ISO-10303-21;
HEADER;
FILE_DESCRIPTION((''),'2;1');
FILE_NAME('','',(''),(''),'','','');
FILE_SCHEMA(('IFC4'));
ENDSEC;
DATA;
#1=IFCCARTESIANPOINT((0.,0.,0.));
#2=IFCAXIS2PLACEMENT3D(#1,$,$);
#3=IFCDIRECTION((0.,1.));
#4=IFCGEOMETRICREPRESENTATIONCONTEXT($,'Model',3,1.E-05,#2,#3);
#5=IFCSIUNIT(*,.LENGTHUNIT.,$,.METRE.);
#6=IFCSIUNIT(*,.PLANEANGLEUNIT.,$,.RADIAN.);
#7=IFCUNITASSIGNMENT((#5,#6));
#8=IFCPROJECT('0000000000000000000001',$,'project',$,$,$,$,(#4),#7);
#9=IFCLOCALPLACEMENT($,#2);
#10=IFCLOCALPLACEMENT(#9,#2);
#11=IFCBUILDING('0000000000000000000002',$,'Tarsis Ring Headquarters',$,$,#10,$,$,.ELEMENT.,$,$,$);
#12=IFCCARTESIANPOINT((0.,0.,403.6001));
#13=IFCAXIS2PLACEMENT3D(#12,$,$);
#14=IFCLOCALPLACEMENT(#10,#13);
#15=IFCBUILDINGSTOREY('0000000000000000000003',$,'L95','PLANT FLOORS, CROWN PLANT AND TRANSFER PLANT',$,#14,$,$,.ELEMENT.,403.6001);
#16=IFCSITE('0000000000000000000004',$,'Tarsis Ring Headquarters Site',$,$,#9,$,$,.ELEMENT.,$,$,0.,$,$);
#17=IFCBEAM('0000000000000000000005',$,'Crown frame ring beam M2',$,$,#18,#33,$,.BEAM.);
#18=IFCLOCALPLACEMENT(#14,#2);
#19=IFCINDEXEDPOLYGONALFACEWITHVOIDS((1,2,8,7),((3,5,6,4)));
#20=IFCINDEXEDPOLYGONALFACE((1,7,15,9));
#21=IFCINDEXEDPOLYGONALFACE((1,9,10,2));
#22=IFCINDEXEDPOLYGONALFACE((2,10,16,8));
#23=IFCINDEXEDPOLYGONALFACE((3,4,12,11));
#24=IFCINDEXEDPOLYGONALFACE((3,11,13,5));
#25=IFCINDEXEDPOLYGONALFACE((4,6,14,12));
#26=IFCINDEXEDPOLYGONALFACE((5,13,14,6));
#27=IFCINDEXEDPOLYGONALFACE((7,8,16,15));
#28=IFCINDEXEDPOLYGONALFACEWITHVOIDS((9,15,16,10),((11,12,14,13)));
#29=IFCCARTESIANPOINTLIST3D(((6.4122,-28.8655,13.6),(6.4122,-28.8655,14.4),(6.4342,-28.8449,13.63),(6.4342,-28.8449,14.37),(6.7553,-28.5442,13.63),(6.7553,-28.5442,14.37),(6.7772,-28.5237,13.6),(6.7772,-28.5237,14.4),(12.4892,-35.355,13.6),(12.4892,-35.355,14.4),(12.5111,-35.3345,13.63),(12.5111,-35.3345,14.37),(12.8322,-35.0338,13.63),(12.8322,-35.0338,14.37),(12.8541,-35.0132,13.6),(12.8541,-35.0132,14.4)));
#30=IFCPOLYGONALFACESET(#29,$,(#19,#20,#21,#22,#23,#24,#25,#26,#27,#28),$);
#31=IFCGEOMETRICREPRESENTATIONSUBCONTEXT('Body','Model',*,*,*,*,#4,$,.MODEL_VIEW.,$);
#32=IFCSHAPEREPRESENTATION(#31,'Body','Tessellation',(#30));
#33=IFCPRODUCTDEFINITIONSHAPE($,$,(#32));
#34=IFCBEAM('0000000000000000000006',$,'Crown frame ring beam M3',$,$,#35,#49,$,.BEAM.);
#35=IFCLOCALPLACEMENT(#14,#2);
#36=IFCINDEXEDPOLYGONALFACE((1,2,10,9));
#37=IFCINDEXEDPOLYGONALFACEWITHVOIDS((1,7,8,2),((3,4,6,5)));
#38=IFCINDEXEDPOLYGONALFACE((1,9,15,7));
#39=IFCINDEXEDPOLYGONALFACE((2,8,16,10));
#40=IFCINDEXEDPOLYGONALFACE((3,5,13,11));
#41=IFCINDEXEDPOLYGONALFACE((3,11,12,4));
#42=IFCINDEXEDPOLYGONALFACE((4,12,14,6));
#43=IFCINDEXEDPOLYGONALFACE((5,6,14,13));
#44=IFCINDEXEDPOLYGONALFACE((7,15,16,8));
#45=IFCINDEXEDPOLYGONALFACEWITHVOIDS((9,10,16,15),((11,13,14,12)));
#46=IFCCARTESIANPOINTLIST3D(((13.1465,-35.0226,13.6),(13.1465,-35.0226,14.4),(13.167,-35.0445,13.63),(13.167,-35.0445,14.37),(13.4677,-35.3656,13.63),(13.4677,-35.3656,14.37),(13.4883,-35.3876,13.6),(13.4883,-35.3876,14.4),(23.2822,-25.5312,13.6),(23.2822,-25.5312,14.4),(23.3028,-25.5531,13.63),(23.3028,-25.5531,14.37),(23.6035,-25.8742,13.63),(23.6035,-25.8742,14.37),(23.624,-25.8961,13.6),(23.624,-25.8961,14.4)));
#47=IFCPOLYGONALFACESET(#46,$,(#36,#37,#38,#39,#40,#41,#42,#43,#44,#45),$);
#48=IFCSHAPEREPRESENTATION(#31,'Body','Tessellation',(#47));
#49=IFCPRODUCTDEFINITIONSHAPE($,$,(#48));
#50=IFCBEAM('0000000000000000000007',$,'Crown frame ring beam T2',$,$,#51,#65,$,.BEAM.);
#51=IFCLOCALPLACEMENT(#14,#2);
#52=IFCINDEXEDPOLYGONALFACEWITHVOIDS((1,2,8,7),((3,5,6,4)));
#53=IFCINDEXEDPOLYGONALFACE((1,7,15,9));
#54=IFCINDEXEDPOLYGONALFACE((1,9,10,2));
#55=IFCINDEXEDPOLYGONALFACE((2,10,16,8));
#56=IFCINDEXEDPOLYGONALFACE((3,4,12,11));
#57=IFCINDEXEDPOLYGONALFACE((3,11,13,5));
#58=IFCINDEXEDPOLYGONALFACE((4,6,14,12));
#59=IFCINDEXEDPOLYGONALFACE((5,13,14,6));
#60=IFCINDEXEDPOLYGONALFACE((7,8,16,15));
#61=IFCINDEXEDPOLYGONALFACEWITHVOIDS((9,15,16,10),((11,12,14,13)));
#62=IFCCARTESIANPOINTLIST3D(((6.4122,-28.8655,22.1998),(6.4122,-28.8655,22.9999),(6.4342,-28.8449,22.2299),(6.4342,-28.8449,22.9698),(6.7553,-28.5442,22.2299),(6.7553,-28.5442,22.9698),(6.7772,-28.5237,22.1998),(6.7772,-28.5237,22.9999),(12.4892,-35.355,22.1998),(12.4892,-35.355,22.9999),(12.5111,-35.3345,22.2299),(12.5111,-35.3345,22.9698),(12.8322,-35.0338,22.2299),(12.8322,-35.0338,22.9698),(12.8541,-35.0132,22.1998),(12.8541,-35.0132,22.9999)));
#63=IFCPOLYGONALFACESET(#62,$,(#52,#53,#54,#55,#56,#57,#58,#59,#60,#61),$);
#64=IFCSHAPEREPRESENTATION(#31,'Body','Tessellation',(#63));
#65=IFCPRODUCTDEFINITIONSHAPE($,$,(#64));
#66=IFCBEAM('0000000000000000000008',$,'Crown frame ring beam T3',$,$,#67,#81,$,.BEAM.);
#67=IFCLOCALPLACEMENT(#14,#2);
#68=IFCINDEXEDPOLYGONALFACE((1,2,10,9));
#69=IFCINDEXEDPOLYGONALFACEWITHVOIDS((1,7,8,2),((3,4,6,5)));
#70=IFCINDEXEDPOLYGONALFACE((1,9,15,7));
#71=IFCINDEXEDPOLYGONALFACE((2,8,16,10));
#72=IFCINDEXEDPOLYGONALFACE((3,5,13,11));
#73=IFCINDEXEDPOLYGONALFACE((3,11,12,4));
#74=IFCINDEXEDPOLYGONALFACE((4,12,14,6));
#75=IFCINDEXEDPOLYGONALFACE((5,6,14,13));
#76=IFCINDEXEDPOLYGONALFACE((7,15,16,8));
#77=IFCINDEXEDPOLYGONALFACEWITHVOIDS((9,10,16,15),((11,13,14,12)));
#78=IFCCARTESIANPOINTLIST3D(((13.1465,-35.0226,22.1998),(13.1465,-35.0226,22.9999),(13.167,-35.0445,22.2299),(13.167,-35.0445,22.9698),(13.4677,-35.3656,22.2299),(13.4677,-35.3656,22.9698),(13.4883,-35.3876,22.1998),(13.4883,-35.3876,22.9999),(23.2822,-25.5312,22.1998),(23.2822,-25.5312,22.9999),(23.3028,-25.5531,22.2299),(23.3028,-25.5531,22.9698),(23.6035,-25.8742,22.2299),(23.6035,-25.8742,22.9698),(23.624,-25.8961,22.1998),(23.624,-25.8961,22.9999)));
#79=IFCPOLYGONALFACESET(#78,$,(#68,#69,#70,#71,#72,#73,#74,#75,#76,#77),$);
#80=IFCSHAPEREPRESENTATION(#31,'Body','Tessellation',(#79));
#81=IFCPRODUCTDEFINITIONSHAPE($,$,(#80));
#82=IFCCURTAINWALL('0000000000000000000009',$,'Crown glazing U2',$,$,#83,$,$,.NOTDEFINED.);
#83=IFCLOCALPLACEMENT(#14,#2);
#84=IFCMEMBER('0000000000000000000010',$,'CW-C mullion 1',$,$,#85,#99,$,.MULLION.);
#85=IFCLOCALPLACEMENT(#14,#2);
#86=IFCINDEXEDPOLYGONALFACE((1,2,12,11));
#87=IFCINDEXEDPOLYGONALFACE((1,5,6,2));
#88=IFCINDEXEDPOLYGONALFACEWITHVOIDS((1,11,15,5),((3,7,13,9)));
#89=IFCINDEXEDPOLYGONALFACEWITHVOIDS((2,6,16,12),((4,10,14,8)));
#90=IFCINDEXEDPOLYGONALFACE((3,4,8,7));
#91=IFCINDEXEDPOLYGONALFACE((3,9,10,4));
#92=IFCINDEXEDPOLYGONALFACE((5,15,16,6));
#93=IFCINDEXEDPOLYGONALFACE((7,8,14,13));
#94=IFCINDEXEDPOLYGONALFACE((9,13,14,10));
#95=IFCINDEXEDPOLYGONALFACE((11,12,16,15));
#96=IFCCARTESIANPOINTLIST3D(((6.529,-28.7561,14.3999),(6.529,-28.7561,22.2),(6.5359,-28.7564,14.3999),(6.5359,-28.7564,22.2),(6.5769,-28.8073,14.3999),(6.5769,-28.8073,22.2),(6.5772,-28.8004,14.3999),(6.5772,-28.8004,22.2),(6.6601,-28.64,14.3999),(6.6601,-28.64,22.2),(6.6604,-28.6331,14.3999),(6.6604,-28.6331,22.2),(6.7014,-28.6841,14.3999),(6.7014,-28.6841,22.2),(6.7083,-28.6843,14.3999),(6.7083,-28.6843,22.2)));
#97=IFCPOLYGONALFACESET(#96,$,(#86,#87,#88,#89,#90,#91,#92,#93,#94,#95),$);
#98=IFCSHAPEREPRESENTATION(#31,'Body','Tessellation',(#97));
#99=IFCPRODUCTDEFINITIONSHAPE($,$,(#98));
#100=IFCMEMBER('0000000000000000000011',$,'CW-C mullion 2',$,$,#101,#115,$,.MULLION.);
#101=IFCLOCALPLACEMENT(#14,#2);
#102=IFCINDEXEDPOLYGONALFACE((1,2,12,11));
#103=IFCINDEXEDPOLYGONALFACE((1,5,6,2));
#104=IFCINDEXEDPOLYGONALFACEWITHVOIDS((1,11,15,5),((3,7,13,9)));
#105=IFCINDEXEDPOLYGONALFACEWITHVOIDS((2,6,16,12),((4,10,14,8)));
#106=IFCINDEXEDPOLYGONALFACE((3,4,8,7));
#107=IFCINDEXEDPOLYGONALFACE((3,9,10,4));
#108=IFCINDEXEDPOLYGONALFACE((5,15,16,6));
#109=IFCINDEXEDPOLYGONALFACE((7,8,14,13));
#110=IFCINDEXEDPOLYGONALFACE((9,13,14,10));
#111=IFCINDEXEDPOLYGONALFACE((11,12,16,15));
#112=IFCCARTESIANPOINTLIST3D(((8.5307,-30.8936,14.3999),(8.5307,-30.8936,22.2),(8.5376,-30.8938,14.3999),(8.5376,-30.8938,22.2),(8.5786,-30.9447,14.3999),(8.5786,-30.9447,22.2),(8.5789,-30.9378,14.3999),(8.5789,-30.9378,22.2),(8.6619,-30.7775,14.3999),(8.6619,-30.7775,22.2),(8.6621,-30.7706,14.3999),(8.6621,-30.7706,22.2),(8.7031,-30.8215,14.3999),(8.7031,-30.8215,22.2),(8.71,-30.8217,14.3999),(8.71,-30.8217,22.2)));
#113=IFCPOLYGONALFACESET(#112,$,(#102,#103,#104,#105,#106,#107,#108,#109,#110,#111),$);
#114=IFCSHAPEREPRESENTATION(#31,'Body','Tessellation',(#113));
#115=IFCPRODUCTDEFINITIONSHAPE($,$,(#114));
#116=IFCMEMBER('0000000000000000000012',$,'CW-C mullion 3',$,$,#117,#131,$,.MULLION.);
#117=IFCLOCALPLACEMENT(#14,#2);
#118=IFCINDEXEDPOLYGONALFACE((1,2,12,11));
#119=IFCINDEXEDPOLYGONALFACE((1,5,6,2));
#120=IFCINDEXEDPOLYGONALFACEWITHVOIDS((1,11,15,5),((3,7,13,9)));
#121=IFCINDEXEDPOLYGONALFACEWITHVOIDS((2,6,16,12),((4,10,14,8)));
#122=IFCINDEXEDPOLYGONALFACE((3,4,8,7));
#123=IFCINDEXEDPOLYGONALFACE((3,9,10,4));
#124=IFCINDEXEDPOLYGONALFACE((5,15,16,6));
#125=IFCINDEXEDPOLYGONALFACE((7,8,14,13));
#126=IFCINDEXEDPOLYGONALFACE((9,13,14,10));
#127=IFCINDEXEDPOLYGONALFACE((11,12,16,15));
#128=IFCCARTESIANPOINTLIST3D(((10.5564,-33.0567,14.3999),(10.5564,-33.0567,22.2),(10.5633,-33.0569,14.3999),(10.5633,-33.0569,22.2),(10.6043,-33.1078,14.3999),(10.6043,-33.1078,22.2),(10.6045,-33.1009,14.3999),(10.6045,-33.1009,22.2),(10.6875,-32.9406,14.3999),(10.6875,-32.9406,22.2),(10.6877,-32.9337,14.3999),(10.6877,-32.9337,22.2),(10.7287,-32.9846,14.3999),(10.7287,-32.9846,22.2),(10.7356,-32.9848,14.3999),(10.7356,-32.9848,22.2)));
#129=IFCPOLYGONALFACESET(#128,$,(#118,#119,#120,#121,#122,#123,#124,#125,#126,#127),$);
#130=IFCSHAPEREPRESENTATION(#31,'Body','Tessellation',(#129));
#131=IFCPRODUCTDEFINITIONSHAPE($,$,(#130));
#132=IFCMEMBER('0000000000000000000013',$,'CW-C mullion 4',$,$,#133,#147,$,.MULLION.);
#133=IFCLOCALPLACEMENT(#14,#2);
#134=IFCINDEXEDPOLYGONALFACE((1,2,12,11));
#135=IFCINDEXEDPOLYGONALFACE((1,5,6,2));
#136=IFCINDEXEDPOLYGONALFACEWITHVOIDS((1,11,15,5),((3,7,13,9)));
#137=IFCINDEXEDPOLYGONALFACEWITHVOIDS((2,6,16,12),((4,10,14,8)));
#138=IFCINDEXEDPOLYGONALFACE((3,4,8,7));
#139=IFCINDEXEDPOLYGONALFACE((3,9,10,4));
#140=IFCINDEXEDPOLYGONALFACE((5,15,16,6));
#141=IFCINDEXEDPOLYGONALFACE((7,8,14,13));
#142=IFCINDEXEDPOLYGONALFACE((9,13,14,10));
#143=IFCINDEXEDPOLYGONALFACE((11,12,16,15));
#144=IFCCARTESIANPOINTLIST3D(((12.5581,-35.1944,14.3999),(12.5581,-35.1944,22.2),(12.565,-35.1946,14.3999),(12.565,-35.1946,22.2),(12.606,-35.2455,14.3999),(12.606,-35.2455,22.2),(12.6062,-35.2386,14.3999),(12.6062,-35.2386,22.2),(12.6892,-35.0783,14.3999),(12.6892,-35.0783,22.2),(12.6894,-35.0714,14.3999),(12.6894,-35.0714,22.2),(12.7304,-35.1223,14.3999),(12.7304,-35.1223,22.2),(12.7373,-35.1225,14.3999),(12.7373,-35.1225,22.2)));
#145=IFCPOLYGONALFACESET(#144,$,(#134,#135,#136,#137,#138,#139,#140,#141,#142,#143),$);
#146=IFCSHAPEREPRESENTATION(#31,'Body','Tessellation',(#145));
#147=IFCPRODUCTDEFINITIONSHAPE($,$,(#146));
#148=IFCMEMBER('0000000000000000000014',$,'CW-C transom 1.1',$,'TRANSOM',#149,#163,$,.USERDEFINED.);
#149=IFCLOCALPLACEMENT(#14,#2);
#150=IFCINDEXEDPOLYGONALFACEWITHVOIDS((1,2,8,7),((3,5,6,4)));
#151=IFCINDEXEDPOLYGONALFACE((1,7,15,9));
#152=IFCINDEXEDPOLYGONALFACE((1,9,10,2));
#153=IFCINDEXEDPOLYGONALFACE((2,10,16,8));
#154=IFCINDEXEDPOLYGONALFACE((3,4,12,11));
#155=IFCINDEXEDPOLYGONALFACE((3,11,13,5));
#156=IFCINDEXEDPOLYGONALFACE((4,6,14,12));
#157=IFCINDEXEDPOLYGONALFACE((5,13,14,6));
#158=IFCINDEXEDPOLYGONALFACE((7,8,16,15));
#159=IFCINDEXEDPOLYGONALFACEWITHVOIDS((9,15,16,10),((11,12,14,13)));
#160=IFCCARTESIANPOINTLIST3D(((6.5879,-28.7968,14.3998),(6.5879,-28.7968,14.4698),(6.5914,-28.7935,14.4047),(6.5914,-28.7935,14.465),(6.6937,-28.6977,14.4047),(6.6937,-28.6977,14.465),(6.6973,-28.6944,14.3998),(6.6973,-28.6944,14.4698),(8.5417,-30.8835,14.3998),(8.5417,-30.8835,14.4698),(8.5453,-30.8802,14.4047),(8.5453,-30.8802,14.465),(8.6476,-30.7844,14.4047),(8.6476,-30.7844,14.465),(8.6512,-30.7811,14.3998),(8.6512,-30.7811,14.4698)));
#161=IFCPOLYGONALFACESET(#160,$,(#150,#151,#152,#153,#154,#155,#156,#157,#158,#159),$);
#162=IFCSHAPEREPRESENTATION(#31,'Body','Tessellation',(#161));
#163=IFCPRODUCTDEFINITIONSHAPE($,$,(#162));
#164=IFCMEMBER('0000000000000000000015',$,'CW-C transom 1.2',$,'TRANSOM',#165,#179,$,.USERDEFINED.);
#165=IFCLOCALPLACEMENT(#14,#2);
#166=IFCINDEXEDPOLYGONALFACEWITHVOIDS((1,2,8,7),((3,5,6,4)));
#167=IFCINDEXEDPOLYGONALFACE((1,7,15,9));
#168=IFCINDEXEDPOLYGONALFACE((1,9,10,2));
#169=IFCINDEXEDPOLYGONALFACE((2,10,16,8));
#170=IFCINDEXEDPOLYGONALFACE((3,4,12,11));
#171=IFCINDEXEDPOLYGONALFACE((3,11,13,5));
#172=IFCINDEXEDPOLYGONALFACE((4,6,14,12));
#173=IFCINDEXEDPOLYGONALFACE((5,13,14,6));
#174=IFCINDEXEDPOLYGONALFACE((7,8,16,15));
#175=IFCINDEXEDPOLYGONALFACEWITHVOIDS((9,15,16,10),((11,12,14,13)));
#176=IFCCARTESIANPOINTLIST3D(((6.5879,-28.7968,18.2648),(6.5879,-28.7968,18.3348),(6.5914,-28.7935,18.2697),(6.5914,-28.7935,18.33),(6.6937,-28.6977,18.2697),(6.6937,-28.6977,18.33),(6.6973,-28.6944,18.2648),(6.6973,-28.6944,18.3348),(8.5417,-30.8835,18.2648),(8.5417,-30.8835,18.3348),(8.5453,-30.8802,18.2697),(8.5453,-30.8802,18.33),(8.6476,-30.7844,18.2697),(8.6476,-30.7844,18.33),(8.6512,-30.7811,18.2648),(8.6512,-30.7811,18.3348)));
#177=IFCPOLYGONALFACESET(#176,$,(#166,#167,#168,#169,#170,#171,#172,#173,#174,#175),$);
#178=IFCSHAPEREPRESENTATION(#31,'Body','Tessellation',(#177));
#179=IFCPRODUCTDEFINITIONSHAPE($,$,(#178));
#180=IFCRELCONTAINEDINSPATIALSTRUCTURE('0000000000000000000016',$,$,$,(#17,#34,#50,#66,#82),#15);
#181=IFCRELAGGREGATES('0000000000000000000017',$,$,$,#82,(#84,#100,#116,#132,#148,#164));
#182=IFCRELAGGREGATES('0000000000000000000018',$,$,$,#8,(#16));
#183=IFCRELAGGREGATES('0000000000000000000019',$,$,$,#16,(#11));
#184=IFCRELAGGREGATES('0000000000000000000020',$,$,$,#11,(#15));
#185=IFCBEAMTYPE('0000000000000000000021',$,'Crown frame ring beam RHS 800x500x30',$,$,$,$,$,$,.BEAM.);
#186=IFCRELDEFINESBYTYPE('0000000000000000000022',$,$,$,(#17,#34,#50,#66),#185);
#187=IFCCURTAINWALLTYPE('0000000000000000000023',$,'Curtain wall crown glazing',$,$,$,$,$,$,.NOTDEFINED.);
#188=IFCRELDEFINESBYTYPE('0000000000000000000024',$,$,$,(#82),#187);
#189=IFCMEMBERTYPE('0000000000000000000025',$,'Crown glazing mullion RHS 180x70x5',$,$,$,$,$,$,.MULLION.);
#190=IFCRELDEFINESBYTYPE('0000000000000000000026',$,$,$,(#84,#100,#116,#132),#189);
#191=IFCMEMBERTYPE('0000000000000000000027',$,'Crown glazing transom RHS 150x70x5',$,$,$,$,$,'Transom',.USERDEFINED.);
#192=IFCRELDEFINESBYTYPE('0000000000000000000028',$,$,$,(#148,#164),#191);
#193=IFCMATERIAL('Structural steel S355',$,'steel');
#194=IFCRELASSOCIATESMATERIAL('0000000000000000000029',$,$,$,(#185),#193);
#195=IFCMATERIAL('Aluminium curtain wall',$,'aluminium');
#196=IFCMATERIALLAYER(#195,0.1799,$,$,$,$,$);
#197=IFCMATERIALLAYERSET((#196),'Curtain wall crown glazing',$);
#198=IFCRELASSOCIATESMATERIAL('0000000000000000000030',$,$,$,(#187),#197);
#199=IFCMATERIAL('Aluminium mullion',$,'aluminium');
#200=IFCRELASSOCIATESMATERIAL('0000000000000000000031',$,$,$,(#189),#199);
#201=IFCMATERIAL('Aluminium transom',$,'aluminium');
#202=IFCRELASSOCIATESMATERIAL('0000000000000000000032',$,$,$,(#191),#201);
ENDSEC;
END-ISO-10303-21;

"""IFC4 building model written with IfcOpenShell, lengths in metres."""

from ifc_helpers import new_model, si_unit, direction, frame, origin, origin_2d, place, context, subcontext, project, spatial, hollow_rectangle, extrude, material, layer, layer_set, material_profile, profile_set, type_object, element, aggregate, save


model = new_model("IFC4")

# Units and contexts
model_context = context("Model", 3, precision=1e-05, world=origin(), true_north=direction((0.0, 1.0)))
body_context = subcontext(model_context, "Body", "Model", "MODEL_VIEW")
ifc_project = project(units=[si_unit("LENGTHUNIT", "METRE"), si_unit("PLANEANGLEUNIT", "RADIAN")], contexts=[model_context])

# Site, building, storey
site_placement = place(None, origin())
site = spatial("IfcSite", under=ifc_project, at=site_placement, Name="Tarsis Ring Headquarters Site", CompositionType="ELEMENT", RefElevation=0.0)
building_placement = place(site_placement, origin())
building = spatial("IfcBuilding", under=site, at=building_placement, Name="Tarsis Ring Headquarters", CompositionType="ELEMENT")
storey_placement = place(building_placement, frame((0.0, 0.0, 403.6001)))
storey = spatial("IfcBuildingStorey", under=building, at=storey_placement, Name="L95", Description="PLANT FLOORS, CROWN PLANT AND TRANSFER PLANT", CompositionType="ELEMENT", Elevation=403.6001)

# Beams
ifc_material_1 = material(Name="Structural steel S355", Category="steel")
ifc_material_profile_1 = material_profile(ifc_material_1, hollow_rectangle(XDim=0.5, YDim=0.8, WallThickness=0.03, at=origin_2d()), Name="RHS 800x500x30")
ifc_profile_set_1 = profile_set([ifc_material_profile_1], Name="Structural steel S355")
beam_type = type_object("IfcBeamType", Name="Crown frame ring beam RHS 800x500x30", PredefinedType="BEAM", material=ifc_profile_set_1)
beam_1_placement = place(storey_placement, frame((6.5947, -28.6946, 14.0), z_axis=(0.683522, -0.72993, 0.0), x_axis=(0.72993, 0.683522, 0.0)))
element("IfcBeam", 1, at=beam_1_placement, inside=storey, type_object=beam_type, Name="Crown frame ring beam M2", PredefinedType="BEAM", context=body_context, shape_type="SweptSolid", body=[
    extrude(hollow_rectangle(XDim=0.5, YDim=0.8, WallThickness=0.03, at=origin_2d()), origin(), (0.0, 0.0, 1.0), 8.8906),
])
beam_2_placement = place(storey_placement, frame((13.3174, -35.2051, 14.0), z_axis=(0.729925, 0.683527, 0.0), x_axis=(-0.683527, 0.729925, 0.0)))
element("IfcBeam", 2, at=beam_2_placement, inside=storey, type_object=beam_type, Name="Crown frame ring beam M3", PredefinedType="BEAM", context=body_context, shape_type="SweptSolid", body=[
    extrude(hollow_rectangle(XDim=0.5, YDim=0.8, WallThickness=0.03, at=origin_2d()), origin(), (0.0, 0.0, 1.0), 13.886),
])
beam_3_placement = place(storey_placement, frame((6.5947, -28.6946, 22.5999), z_axis=(0.683522, -0.72993, 0.0), x_axis=(0.72993, 0.683522, 0.0)))
element("IfcBeam", 3, at=beam_3_placement, inside=storey, type_object=beam_type, Name="Crown frame ring beam T2", PredefinedType="BEAM", context=body_context, shape_type="SweptSolid", body=[
    extrude(hollow_rectangle(XDim=0.5, YDim=0.8, WallThickness=0.03, at=origin_2d()), origin(), (0.0, 0.0, 1.0), 8.8906),
])
beam_4_placement = place(storey_placement, frame((13.3174, -35.2051, 22.5999), z_axis=(0.729925, 0.683527, 0.0), x_axis=(-0.683527, 0.729925, 0.0)))
element("IfcBeam", 4, at=beam_4_placement, inside=storey, type_object=beam_type, Name="Crown frame ring beam T3", PredefinedType="BEAM", context=body_context, shape_type="SweptSolid", body=[
    extrude(hollow_rectangle(XDim=0.5, YDim=0.8, WallThickness=0.03, at=origin_2d()), origin(), (0.0, 0.0, 1.0), 13.886),
])

# Curtain wall, members
ifc_material_2 = material(Name="Aluminium curtain wall", Category="aluminium")
ifc_layer_1 = layer(ifc_material_2, 0.1799)
ifc_layer_set_1 = layer_set([ifc_layer_1], Name="Curtain wall crown glazing")
curtain_wall_type = type_object("IfcCurtainWallType", Name="Curtain wall crown glazing", PredefinedType="NOTDEFINED", material=ifc_layer_set_1)
curtain_wall_placement = place(storey_placement, origin())
curtain_wall = element("IfcCurtainWall", 5, at=curtain_wall_placement, inside=storey, type_object=curtain_wall_type, Name="Crown glazing U2", PredefinedType="NOTDEFINED")
ifc_material_3 = material(Name="Aluminium mullion", Category="aluminium")
ifc_material_profile_2 = material_profile(ifc_material_3, hollow_rectangle(XDim=0.1799, YDim=0.0701, WallThickness=0.0049, at=origin_2d()), Name="RHS 180x70x5")
ifc_profile_set_2 = profile_set([ifc_material_profile_2], Name="Aluminium mullion")
member_type_1 = type_object("IfcMemberType", Name="Crown glazing mullion RHS 180x70x5", PredefinedType="MULLION", material=ifc_profile_set_2)
member_1_placement = place(storey_placement, frame((6.6187, -28.7202, 14.3999), z_axis=(0.0, 0.0, 1.0), x_axis=(0.729924, 0.683529, 0.0)))
member_1 = element("IfcMember", 6, at=member_1_placement, type_object=member_type_1, Name="CW-C mullion 1", PredefinedType="MULLION", context=body_context, shape_type="SweptSolid", body=[
    extrude(hollow_rectangle(XDim=0.1799, YDim=0.0701, WallThickness=0.0049, at=origin_2d()), origin(), (0.0, 0.0, 1.0), 7.8),
])
member_2_placement = place(storey_placement, frame((8.6204, -30.8577, 14.3999), z_axis=(0.0, 0.0, 1.0), x_axis=(0.729924, 0.683529, 0.0)))
member_2 = element("IfcMember", 7, at=member_2_placement, type_object=member_type_1, Name="CW-C mullion 2", PredefinedType="MULLION", context=body_context, shape_type="SweptSolid", body=[
    extrude(hollow_rectangle(XDim=0.1799, YDim=0.0701, WallThickness=0.0049, at=origin_2d()), origin(), (0.0, 0.0, 1.0), 7.8),
])
member_3_placement = place(storey_placement, frame((10.646, -33.0208, 14.3999), z_axis=(0.0, 0.0, 1.0), x_axis=(0.729924, 0.683529, 0.0)))
member_3 = element("IfcMember", 8, at=member_3_placement, type_object=member_type_1, Name="CW-C mullion 3", PredefinedType="MULLION", context=body_context, shape_type="SweptSolid", body=[
    extrude(hollow_rectangle(XDim=0.1799, YDim=0.0701, WallThickness=0.0049, at=origin_2d()), origin(), (0.0, 0.0, 1.0), 7.8),
])
member_4_placement = place(storey_placement, frame((12.6477, -35.1584, 14.3999), z_axis=(0.0, 0.0, 1.0), x_axis=(0.729924, 0.683529, 0.0)))
member_4 = element("IfcMember", 9, at=member_4_placement, type_object=member_type_1, Name="CW-C mullion 4", PredefinedType="MULLION", context=body_context, shape_type="SweptSolid", body=[
    extrude(hollow_rectangle(XDim=0.1799, YDim=0.0701, WallThickness=0.0049, at=origin_2d()), origin(), (0.0, 0.0, 1.0), 7.8),
])
ifc_material_4 = material(Name="Aluminium transom", Category="aluminium")
ifc_material_profile_3 = material_profile(ifc_material_4, hollow_rectangle(XDim=0.1499, YDim=0.0701, WallThickness=0.0049, at=origin_2d()), Name="RHS 150x70x5")
ifc_profile_set_3 = profile_set([ifc_material_profile_3], Name="Aluminium transom")
member_type_2 = type_object("IfcMemberType", Name="Crown glazing transom RHS 150x70x5", ElementType="Transom", PredefinedType="USERDEFINED", material=ifc_profile_set_3)
member_5_placement = place(storey_placement, frame((6.6426, -28.7456, 14.4348), z_axis=(0.683495, -0.729955, 0.0), x_axis=(0.729955, 0.683495, 0.0)))
member_5 = element("IfcMember", 10, at=member_5_placement, type_object=member_type_2, Name="CW-C transom 1.1", ObjectType="TRANSOM", PredefinedType="USERDEFINED", context=body_context, shape_type="SweptSolid", body=[
    extrude(hollow_rectangle(XDim=0.1499, YDim=0.0701, WallThickness=0.0049, at=origin_2d()), origin(), (0.0, 0.0, 1.0), 2.8586),
])
member_6_placement = place(storey_placement, frame((6.6426, -28.7456, 18.2998), z_axis=(0.683495, -0.729955, 0.0), x_axis=(0.729955, 0.683495, 0.0)))
member_6 = element("IfcMember", 11, at=member_6_placement, type_object=member_type_2, Name="CW-C transom 1.2", ObjectType="TRANSOM", PredefinedType="USERDEFINED", context=body_context, shape_type="SweptSolid", body=[
    extrude(hollow_rectangle(XDim=0.1499, YDim=0.0701, WallThickness=0.0049, at=origin_2d()), origin(), (0.0, 0.0, 1.0), 2.8586),
])
aggregate(curtain_wall, [member_1, member_2, member_3, member_4, member_5, member_6])

save(model, "model.ifc")
